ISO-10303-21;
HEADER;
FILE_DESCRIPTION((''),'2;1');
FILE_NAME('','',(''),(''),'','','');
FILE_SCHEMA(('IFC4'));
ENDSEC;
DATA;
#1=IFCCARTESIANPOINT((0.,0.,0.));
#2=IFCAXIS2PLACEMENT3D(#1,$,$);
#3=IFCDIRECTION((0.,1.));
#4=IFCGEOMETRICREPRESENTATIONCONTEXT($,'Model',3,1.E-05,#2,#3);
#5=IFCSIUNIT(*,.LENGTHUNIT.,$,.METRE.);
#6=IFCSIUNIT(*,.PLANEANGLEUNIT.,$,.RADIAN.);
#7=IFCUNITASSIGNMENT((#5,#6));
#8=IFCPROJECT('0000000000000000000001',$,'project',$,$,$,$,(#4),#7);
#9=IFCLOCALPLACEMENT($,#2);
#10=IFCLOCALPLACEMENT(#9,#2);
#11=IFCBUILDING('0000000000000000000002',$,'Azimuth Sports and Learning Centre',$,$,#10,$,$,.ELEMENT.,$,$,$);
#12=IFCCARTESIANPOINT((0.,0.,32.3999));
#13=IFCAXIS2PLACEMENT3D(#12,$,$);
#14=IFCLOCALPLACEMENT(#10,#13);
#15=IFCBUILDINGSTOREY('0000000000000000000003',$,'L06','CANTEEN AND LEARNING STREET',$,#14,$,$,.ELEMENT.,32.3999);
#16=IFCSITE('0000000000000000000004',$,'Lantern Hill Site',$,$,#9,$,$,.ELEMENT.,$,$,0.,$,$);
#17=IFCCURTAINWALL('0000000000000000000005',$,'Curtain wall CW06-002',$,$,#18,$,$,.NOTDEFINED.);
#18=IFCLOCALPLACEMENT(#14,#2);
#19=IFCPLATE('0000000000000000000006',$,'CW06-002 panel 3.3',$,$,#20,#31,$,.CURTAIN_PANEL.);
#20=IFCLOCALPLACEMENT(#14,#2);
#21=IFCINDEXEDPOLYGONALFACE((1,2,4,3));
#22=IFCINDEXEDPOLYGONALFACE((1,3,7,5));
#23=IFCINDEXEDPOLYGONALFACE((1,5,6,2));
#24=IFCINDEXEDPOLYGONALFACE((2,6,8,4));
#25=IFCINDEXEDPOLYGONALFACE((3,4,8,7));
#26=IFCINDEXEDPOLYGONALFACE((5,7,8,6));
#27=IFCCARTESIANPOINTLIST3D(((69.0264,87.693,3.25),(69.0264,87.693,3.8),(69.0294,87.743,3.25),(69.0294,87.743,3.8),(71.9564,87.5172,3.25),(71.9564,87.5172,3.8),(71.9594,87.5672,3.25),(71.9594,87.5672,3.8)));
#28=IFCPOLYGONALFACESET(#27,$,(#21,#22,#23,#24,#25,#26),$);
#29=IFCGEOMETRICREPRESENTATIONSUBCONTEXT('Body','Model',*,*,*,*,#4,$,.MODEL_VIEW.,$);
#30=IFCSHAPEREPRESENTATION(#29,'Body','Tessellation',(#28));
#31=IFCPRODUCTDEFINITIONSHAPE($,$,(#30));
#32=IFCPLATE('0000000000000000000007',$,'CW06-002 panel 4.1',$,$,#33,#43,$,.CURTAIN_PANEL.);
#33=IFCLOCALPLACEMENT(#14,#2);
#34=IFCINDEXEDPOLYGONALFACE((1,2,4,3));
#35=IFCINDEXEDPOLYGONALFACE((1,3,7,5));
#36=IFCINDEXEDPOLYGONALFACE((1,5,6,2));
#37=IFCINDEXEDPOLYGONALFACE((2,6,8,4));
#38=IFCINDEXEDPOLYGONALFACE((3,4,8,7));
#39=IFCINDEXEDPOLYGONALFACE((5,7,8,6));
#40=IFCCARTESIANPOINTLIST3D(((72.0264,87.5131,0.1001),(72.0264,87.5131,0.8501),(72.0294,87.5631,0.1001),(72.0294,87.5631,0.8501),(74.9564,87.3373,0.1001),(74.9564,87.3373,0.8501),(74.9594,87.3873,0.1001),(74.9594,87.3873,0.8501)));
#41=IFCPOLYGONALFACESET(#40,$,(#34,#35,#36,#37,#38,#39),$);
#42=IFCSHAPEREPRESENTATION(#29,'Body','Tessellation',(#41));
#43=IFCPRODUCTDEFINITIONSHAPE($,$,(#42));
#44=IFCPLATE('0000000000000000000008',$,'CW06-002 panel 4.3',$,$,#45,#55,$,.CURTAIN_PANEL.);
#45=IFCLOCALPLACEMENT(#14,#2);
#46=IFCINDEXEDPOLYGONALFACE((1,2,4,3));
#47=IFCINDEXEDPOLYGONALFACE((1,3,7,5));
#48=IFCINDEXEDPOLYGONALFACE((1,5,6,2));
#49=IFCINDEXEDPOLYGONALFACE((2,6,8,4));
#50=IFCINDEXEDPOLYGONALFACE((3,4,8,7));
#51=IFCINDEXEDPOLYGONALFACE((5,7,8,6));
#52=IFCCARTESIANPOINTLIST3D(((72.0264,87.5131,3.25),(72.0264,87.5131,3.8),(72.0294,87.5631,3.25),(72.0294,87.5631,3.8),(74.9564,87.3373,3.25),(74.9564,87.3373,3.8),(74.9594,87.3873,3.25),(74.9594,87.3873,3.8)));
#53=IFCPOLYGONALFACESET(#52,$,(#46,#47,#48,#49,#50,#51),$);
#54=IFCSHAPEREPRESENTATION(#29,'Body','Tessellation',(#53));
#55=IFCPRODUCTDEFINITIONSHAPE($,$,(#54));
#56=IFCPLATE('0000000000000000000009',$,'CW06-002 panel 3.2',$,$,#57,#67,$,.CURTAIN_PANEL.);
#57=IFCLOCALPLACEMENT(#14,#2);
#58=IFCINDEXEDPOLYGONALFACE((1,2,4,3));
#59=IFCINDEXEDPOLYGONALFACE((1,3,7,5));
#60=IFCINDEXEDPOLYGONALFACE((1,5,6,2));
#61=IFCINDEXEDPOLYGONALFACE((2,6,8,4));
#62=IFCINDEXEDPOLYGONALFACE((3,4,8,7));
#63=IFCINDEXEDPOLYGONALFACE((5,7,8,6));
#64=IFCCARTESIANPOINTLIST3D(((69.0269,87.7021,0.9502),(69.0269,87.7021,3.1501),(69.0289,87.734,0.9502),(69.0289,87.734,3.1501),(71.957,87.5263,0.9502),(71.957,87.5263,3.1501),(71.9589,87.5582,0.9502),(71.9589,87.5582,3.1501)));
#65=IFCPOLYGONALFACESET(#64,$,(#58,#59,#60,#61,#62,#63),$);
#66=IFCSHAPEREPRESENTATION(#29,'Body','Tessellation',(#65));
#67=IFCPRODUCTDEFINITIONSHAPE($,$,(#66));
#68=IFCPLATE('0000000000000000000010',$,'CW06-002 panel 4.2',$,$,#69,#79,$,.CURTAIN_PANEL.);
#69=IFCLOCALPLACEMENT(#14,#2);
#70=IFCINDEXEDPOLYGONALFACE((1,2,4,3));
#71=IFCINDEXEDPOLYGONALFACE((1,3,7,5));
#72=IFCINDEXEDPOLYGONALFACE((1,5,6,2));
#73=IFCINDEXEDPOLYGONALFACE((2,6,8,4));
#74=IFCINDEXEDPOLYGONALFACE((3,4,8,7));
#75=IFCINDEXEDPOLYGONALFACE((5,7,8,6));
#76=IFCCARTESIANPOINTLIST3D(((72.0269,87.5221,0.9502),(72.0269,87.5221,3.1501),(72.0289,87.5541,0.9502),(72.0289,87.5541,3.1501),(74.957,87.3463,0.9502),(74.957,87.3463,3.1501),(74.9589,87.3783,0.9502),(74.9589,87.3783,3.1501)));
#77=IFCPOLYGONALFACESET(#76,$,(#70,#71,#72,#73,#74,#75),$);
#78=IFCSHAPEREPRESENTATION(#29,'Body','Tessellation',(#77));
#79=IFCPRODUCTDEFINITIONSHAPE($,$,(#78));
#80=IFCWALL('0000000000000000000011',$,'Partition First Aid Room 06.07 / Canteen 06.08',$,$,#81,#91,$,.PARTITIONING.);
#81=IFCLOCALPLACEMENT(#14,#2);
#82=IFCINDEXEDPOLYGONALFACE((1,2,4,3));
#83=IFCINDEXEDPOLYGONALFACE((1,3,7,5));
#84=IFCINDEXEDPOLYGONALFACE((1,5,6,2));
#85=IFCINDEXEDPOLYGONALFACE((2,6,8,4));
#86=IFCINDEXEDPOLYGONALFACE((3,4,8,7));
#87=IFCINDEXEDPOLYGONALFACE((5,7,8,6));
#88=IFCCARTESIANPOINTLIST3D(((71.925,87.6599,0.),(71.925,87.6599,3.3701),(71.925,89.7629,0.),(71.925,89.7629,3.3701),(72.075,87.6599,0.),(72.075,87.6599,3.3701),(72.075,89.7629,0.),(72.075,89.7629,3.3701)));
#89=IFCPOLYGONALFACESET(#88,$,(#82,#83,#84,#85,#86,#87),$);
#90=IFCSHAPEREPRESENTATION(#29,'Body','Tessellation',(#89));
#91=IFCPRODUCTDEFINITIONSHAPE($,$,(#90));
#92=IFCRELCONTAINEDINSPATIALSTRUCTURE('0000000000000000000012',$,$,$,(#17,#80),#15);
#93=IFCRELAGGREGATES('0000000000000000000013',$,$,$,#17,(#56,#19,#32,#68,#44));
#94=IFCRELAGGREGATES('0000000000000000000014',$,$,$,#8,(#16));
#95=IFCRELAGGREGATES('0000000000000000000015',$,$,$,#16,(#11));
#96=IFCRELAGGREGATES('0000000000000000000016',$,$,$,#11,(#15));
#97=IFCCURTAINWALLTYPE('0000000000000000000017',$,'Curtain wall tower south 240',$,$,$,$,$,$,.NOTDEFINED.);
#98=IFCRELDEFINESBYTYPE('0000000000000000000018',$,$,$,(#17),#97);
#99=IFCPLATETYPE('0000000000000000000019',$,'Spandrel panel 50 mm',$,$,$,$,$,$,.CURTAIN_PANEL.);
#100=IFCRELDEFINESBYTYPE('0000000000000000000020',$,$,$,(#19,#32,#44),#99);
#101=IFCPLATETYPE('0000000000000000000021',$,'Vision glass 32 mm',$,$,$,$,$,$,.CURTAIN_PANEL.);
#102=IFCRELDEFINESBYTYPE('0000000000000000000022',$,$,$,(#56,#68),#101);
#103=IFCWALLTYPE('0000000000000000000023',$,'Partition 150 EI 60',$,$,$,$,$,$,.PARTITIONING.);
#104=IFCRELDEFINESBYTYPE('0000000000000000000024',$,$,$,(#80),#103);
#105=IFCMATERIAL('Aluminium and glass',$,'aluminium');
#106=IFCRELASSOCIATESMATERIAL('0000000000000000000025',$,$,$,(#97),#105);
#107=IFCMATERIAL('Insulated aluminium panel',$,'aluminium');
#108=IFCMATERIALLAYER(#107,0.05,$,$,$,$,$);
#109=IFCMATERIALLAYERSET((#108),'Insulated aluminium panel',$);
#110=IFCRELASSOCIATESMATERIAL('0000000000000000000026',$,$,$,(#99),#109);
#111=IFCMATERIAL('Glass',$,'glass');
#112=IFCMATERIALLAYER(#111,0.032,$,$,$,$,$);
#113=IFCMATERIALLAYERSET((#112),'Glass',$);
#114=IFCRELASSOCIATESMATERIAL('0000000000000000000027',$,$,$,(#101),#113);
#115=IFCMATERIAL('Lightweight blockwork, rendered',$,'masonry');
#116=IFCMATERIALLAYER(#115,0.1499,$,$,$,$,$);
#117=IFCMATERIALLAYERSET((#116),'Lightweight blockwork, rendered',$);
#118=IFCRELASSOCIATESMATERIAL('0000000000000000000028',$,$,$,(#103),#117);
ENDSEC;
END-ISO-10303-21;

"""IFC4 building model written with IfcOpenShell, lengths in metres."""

from ifc_helpers import new_model, si_unit, direction, frame, frame_2d, origin, origin_2d, place, context, subcontext, project, spatial, rectangle, extrude, material, layer, layer_set, type_object, element, aggregate, save


model = new_model("IFC4")

# Units and contexts
model_context = context("Model", 3, precision=1e-05, world=origin(), true_north=direction((0.0, 1.0)))
body_context = subcontext(model_context, "Body", "Model", "MODEL_VIEW")
ifc_project = project(units=[si_unit("LENGTHUNIT", "METRE"), si_unit("PLANEANGLEUNIT", "RADIAN")], contexts=[model_context])

# Site, building, storey
site_placement = place(None, origin())
site = spatial("IfcSite", under=ifc_project, at=site_placement, Name="Lantern Hill Site", CompositionType="ELEMENT", RefElevation=0.0)
building_placement = place(site_placement, origin())
building = spatial("IfcBuilding", under=site, at=building_placement, Name="Azimuth Sports and Learning Centre", CompositionType="ELEMENT")
storey_placement = place(building_placement, frame((0.0, 0.0, 32.3999)))
storey = spatial("IfcBuildingStorey", under=building, at=storey_placement, Name="L06", Description="CANTEEN AND LEARNING STREET", CompositionType="ELEMENT", Elevation=32.3999)

# Curtain wall, plates
ifc_material_1 = material(Name="Aluminium and glass", Category="aluminium")
curtain_wall_type = type_object("IfcCurtainWallType", Name="Curtain wall tower south 240", PredefinedType="NOTDEFINED", material=ifc_material_1)
curtain_wall_placement = place(storey_placement, origin())
curtain_wall = element("IfcCurtainWall", 1, at=curtain_wall_placement, inside=storey, type_object=curtain_wall_type, Name="Curtain wall CW06-002", PredefinedType="NOTDEFINED")
ifc_material_2 = material(Name="Insulated aluminium panel", Category="aluminium")
ifc_layer_1 = layer(ifc_material_2, 0.05)
ifc_layer_set_1 = layer_set([ifc_layer_1], Name="Insulated aluminium panel")
plate_type_1 = type_object("IfcPlateType", Name="Spandrel panel 50 mm", PredefinedType="CURTAIN_PANEL", material=ifc_layer_set_1)
plate_1_placement = place(storey_placement, frame((70.4929, 87.6301, 3.25), z_axis=(0.0, 0.0, 1.0), x_axis=(0.998205, -0.059892, 0.0)))
plate_1 = element("IfcPlate", 2, at=plate_1_placement, type_object=plate_type_1, Name="CW06-002 panel 3.3", PredefinedType="CURTAIN_PANEL", context=body_context, shape_type="SweptSolid", body=[
    extrude(rectangle(XDim=2.9353, YDim=0.05, at=origin_2d()), origin(), (0.0, 0.0, 1.0), 0.55),
])
plate_2_placement = place(storey_placement, frame((73.4929, 87.4502, 0.1001), z_axis=(0.0, 0.0, 1.0), x_axis=(0.998205, -0.059892, 0.0)))
plate_2 = element("IfcPlate", 3, at=plate_2_placement, type_object=plate_type_1, Name="CW06-002 panel 4.1", PredefinedType="CURTAIN_PANEL", context=body_context, shape_type="SweptSolid", body=[
    extrude(rectangle(XDim=2.9353, YDim=0.05, at=origin_2d()), origin(), (0.0, 0.0, 1.0), 0.75),
])
plate_3_placement = place(storey_placement, frame((73.4929, 87.4502, 3.25), z_axis=(0.0, 0.0, 1.0), x_axis=(0.998205, -0.059892, 0.0)))
plate_3 = element("IfcPlate", 4, at=plate_3_placement, type_object=plate_type_1, Name="CW06-002 panel 4.3", PredefinedType="CURTAIN_PANEL", context=body_context, shape_type="SweptSolid", body=[
    extrude(rectangle(XDim=2.9353, YDim=0.05, at=origin_2d()), origin(), (0.0, 0.0, 1.0), 0.55),
])
ifc_material_3 = material(Name="Glass", Category="glass")
ifc_layer_2 = layer(ifc_material_3, 0.032)
ifc_layer_set_2 = layer_set([ifc_layer_2], Name="Glass")
plate_type_2 = type_object("IfcPlateType", Name="Vision glass 32 mm", PredefinedType="CURTAIN_PANEL", material=ifc_layer_set_2)
plate_4_placement = place(storey_placement, frame((70.4929, 87.6301, 0.9502), z_axis=(0.0, 0.0, 1.0), x_axis=(0.998205, -0.059892, 0.0)))
plate_4 = element("IfcPlate", 5, at=plate_4_placement, type_object=plate_type_2, Name="CW06-002 panel 3.2", PredefinedType="CURTAIN_PANEL", context=body_context, shape_type="SweptSolid", body=[
    extrude(rectangle(XDim=2.9353, YDim=0.032, at=origin_2d()), origin(), (0.0, 0.0, 1.0), 2.2),
])
plate_5_placement = place(storey_placement, frame((73.4929, 87.4502, 0.9502), z_axis=(0.0, 0.0, 1.0), x_axis=(0.998205, -0.059892, 0.0)))
plate_5 = element("IfcPlate", 6, at=plate_5_placement, type_object=plate_type_2, Name="CW06-002 panel 4.2", PredefinedType="CURTAIN_PANEL", context=body_context, shape_type="SweptSolid", body=[
    extrude(rectangle(XDim=2.9353, YDim=0.032, at=origin_2d()), origin(), (0.0, 0.0, 1.0), 2.2),
])
aggregate(curtain_wall, [plate_4, plate_1, plate_2, plate_5, plate_3])

# Wall
ifc_material_4 = material(Name="Lightweight blockwork, rendered", Category="masonry")
ifc_layer_3 = layer(ifc_material_4, 0.1499)
ifc_layer_set_3 = layer_set([ifc_layer_3], Name="Lightweight blockwork, rendered")
wall_type = type_object("IfcWallType", Name="Partition 150 EI 60", PredefinedType="PARTITIONING", material=ifc_layer_set_3)
wall_placement = place(storey_placement, frame((72.0, 87.6599, 0.0), z_axis=(0.0, 0.0, 1.0), x_axis=(0.0, 1.0, 0.0)))
element("IfcWall", 7, at=wall_placement, inside=storey, type_object=wall_type, Name="Partition First Aid Room 06.07 / Canteen 06.08", PredefinedType="PARTITIONING", context=body_context, shape_type="SweptSolid", body=[
    extrude(rectangle(XDim=2.103, YDim=0.1499, at=frame_2d((1.0515, 0.0))), origin(), (0.0, 0.0, 1.0), 3.3701),
])

save(model, "model.ifc")
